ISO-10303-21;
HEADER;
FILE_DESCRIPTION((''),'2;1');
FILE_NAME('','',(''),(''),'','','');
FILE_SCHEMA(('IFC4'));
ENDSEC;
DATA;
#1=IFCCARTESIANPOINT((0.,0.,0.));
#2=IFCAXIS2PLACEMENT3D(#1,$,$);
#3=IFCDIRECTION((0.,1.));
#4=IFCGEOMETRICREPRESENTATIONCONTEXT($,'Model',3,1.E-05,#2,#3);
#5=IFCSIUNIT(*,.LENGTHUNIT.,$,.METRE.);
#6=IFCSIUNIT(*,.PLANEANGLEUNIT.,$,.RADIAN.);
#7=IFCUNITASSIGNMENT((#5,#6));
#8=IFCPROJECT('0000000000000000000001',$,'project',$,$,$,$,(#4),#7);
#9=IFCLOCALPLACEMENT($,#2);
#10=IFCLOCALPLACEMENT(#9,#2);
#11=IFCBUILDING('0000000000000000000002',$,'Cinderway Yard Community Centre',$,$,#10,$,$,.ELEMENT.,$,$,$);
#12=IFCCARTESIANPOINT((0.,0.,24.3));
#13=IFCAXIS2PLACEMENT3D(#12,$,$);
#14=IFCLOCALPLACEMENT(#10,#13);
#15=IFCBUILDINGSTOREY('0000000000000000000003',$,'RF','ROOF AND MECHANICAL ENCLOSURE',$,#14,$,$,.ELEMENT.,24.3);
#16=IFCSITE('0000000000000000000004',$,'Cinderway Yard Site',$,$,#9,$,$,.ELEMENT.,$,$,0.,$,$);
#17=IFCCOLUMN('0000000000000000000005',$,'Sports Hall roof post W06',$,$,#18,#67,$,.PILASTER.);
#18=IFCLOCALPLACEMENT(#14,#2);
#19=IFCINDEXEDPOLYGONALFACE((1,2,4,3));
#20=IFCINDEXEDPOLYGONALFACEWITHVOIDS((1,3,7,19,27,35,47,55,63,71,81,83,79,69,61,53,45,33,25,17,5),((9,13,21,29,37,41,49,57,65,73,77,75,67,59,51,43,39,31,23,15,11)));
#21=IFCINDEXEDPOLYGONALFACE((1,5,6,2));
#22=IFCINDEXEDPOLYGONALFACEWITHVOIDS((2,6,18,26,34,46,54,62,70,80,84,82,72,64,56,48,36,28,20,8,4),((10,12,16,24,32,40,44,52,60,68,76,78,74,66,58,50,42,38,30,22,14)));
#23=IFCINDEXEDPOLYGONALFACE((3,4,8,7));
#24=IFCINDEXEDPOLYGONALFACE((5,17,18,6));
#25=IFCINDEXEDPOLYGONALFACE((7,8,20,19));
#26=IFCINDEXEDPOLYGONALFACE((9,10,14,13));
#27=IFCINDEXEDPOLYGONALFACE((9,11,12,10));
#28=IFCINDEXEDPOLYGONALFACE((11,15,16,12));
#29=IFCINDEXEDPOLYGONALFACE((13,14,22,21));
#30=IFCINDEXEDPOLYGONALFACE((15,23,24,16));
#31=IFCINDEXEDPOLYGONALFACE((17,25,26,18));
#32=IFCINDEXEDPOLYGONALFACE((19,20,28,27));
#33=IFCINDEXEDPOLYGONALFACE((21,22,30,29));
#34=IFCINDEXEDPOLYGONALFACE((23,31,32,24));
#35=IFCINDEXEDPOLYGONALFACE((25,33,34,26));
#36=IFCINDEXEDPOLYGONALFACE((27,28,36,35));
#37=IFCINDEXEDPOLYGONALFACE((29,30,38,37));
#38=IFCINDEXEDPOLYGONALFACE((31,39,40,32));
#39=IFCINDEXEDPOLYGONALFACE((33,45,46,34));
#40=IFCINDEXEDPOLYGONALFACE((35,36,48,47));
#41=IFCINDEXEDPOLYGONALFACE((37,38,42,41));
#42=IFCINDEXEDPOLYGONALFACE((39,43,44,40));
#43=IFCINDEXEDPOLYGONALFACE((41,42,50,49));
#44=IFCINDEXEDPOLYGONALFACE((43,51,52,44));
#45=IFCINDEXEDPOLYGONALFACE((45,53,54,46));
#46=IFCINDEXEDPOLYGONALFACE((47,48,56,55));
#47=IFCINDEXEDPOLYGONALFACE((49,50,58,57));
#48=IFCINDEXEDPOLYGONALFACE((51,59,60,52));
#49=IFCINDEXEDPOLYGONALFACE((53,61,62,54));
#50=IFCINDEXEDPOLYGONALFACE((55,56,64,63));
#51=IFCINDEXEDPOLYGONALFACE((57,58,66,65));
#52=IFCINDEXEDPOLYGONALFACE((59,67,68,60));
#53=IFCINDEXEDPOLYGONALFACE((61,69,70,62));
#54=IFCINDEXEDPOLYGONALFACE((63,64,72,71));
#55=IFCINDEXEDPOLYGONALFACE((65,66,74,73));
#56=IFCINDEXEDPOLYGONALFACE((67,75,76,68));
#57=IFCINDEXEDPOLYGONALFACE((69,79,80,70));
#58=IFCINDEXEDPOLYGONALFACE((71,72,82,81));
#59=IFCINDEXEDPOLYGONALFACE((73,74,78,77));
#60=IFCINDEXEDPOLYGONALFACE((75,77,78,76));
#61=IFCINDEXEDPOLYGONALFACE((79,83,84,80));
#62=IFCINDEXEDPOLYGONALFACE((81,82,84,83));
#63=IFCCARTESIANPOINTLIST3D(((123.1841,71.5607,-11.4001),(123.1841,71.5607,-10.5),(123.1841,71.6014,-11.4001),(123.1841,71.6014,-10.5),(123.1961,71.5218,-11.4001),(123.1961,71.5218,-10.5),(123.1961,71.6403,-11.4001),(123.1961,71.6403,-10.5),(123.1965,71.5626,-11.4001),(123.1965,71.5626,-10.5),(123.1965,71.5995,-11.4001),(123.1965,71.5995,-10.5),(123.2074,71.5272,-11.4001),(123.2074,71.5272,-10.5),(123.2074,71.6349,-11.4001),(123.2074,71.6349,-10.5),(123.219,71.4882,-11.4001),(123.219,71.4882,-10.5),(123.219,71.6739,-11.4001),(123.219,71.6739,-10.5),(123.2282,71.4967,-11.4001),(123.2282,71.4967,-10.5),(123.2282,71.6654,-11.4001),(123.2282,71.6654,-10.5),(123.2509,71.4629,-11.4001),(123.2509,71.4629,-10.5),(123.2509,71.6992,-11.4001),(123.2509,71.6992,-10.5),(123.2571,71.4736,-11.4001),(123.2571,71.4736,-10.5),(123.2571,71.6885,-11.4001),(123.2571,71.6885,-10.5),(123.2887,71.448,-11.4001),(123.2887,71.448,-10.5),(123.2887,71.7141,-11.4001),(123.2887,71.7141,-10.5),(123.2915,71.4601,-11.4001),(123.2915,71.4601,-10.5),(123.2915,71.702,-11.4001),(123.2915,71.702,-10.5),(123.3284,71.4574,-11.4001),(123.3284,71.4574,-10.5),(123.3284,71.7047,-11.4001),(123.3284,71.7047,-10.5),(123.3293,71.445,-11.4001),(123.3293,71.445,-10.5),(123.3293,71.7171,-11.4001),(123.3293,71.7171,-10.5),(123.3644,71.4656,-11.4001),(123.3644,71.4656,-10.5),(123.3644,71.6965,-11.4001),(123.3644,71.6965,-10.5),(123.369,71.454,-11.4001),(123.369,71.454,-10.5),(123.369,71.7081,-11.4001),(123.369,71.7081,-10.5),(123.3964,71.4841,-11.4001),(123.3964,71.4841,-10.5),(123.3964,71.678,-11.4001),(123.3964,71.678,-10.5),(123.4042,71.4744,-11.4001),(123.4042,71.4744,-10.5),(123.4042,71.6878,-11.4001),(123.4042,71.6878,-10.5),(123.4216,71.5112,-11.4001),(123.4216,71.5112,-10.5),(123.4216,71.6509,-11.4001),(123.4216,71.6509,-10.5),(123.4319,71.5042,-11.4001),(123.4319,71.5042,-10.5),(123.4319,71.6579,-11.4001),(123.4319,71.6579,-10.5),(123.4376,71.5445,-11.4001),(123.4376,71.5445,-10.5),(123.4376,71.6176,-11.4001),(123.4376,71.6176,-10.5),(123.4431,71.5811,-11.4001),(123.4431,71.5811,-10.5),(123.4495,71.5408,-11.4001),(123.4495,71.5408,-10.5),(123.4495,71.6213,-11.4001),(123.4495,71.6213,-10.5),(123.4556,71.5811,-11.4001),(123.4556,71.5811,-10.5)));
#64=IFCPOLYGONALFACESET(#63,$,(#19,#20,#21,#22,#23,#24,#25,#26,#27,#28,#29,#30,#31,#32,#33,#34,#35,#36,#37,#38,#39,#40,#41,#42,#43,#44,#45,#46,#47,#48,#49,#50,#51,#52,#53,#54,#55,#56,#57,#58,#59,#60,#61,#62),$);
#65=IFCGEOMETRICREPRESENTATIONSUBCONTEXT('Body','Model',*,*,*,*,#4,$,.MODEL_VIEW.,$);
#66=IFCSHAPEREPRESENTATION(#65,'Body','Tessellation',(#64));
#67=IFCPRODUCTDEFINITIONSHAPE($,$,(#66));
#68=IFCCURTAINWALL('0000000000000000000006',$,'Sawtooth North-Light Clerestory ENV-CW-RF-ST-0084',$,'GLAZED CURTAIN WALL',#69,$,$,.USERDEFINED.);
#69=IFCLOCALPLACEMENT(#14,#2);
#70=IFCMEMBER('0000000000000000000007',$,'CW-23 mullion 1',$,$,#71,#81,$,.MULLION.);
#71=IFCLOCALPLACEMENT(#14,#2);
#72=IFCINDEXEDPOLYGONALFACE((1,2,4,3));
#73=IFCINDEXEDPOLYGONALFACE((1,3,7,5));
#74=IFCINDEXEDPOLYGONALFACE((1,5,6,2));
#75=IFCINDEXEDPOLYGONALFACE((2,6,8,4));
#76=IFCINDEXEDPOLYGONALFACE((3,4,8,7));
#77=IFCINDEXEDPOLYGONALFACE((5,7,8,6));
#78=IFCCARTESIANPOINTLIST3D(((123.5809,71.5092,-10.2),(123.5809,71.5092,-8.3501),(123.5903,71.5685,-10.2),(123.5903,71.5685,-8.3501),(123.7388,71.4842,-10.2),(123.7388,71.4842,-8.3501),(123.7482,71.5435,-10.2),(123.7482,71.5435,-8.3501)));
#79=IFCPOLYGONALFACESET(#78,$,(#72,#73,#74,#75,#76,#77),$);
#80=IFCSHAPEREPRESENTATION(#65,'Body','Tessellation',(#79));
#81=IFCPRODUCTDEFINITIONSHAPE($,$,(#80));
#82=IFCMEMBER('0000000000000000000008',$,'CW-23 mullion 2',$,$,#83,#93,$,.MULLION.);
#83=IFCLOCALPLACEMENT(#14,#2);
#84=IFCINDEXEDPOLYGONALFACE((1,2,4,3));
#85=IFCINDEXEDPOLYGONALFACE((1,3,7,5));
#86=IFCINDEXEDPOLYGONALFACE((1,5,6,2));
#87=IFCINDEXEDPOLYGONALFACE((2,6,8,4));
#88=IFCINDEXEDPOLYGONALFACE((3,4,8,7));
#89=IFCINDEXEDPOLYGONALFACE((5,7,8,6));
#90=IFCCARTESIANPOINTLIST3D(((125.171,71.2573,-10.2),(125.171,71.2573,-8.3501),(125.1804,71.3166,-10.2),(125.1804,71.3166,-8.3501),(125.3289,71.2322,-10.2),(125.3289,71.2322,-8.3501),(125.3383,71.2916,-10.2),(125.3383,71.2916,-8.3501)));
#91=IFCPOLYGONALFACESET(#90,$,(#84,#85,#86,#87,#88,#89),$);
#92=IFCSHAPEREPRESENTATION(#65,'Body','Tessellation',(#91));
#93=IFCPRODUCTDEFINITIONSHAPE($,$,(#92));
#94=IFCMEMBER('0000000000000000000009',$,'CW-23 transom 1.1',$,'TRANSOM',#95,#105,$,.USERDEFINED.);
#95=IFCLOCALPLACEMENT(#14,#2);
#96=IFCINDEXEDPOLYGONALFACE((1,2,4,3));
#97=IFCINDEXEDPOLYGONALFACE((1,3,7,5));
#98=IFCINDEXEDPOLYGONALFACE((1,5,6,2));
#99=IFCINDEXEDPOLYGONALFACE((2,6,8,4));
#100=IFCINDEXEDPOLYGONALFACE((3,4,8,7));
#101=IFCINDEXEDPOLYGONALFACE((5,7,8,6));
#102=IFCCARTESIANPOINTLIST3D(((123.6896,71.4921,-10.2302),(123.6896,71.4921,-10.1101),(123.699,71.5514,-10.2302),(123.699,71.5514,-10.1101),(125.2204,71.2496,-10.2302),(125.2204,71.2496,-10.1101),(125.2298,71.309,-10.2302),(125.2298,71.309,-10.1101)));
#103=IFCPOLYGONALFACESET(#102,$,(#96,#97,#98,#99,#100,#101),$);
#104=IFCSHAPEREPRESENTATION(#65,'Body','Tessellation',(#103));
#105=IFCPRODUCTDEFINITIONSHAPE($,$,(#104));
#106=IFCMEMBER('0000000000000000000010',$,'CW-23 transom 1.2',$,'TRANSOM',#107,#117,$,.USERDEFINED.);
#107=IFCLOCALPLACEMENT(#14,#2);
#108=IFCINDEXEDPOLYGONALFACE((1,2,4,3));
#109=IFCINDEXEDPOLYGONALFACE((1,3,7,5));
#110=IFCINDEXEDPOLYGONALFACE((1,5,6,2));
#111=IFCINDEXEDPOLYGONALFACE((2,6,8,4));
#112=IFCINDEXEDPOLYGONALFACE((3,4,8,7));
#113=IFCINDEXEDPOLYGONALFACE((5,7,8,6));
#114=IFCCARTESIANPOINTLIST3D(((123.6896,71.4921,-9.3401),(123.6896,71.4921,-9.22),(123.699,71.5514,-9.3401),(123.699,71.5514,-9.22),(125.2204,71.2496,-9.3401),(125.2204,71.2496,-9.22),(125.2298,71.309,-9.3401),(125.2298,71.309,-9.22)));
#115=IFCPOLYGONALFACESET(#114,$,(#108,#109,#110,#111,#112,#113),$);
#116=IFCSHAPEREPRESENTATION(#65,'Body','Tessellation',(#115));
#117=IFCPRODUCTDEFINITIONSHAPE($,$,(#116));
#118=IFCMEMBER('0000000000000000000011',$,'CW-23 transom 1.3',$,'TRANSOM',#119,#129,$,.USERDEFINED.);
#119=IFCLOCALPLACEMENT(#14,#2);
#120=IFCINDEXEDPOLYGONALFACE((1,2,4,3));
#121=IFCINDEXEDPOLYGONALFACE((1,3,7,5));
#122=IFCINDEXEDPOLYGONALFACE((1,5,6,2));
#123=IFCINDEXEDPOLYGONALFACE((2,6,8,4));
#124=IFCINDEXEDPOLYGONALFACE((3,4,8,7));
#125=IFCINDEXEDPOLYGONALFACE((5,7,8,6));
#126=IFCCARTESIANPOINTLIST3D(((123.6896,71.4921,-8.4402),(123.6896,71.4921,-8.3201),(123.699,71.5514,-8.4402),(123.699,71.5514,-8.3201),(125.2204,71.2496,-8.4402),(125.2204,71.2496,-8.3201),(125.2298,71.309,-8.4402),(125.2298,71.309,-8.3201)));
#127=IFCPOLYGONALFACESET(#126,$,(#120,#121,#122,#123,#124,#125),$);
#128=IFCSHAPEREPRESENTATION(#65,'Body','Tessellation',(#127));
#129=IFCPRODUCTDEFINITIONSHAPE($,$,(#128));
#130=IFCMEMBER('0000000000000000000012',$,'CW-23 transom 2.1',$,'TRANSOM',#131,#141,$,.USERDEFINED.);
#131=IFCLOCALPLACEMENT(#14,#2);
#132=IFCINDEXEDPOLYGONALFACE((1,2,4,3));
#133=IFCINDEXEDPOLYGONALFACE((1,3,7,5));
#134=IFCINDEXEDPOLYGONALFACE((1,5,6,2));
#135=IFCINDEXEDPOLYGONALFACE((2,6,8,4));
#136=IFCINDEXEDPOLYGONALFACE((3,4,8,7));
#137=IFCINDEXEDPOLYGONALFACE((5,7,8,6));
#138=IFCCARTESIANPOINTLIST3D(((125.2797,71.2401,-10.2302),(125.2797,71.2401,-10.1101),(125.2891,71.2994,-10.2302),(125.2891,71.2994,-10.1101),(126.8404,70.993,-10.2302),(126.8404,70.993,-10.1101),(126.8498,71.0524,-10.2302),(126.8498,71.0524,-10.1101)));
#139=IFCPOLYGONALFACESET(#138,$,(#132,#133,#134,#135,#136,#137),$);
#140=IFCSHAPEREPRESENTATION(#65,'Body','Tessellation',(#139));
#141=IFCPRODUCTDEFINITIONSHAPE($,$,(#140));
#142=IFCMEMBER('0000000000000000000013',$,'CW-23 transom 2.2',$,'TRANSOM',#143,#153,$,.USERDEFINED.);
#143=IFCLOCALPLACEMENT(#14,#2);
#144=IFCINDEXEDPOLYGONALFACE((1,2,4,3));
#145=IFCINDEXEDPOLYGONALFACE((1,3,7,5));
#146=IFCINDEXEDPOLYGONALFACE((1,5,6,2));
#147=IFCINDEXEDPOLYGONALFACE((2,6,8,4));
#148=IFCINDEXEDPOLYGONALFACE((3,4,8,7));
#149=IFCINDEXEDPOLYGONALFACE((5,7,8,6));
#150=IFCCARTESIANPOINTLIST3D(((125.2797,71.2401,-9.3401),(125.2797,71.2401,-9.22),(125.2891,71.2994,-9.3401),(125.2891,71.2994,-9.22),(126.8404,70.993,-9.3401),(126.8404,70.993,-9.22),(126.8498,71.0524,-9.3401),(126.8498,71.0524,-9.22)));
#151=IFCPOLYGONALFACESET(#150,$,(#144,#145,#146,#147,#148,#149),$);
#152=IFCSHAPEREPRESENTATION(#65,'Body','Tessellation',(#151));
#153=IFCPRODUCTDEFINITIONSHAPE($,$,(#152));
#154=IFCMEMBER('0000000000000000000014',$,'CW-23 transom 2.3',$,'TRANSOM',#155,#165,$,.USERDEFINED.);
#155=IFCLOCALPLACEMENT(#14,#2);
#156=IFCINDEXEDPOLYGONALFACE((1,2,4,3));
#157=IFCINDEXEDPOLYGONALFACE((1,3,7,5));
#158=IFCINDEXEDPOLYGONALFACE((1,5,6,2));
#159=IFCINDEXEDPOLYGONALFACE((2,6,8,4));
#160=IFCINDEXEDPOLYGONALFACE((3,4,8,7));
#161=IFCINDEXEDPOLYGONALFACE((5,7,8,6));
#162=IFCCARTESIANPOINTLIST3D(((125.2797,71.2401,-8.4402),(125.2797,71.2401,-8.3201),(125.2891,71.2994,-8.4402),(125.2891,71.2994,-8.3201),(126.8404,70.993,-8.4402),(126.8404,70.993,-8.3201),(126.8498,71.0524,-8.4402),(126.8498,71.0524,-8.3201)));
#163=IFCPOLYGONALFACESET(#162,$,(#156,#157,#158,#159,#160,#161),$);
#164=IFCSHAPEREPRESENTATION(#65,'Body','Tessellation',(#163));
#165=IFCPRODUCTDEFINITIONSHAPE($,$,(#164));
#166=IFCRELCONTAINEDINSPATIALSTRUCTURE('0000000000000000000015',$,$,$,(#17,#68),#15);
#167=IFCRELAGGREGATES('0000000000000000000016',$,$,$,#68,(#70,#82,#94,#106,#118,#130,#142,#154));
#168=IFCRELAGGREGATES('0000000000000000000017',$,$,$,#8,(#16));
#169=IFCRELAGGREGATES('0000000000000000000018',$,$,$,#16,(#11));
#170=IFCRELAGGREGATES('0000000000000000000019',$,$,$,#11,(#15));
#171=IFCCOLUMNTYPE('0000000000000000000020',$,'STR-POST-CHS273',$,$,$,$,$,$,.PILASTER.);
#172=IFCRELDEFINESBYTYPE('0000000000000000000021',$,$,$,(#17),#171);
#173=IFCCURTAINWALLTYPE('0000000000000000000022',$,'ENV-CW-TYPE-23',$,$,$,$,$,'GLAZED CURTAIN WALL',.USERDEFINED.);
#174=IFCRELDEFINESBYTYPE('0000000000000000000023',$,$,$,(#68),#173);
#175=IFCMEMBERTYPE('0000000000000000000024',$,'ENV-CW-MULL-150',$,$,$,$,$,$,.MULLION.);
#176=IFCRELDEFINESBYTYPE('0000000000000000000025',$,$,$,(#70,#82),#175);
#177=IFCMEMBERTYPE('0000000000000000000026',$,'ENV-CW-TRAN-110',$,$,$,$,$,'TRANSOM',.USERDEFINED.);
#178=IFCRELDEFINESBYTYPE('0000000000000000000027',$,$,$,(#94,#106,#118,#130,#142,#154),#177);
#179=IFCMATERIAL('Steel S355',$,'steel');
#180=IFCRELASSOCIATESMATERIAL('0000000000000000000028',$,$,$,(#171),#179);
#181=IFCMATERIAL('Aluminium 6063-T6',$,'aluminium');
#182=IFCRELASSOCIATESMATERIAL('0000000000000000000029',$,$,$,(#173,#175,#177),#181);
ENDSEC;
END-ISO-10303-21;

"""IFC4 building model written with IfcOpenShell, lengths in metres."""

from ifc_helpers import new_model, si_unit, direction, frame, origin, origin_2d, place, context, subcontext, project, spatial, rectangle, hollow_circle, extrude, material, material_profile, profile_set, type_object, element, aggregate, save


model = new_model("IFC4")

# Units and contexts
model_context = context("Model", 3, precision=1e-05, world=origin(), true_north=direction((0.0, 1.0)))
body_context = subcontext(model_context, "Body", "Model", "MODEL_VIEW")
ifc_project = project(units=[si_unit("LENGTHUNIT", "METRE"), si_unit("PLANEANGLEUNIT", "RADIAN")], contexts=[model_context])

# Site, building, storey
site_placement = place(None, origin())
site = spatial("IfcSite", under=ifc_project, at=site_placement, Name="Cinderway Yard Site", CompositionType="ELEMENT", RefElevation=0.0)
building_placement = place(site_placement, origin())
building = spatial("IfcBuilding", under=site, at=building_placement, Name="Cinderway Yard Community Centre", CompositionType="ELEMENT")
storey_placement = place(building_placement, frame((0.0, 0.0, 24.3)))
storey = spatial("IfcBuildingStorey", under=building, at=storey_placement, Name="RF", Description="ROOF AND MECHANICAL ENCLOSURE", CompositionType="ELEMENT", Elevation=24.3)

# Column
ifc_material_1 = material(Name="Steel S355", Category="steel")
ifc_material_profile_1 = material_profile(ifc_material_1, hollow_circle(Radius=0.1365, WallThickness=0.0125, at=origin_2d()), Name="Steel S355")
ifc_profile_set_1 = profile_set([ifc_material_profile_1], Name="Steel S355")
column_type = type_object("IfcColumnType", Name="STR-POST-CHS273", PredefinedType="PILASTER", material=ifc_profile_set_1)
column_placement = place(storey_placement, frame((123.3191, 71.5811, -11.4001), z_axis=(0.0, 0.0, 1.0), x_axis=(1.0, 0.0, 0.0)))
element("IfcColumn", 1, at=column_placement, inside=storey, type_object=column_type, Name="Sports Hall roof post W06", PredefinedType="PILASTER", context=body_context, shape_type="SweptSolid", body=[
    extrude(hollow_circle(Radius=0.1365, WallThickness=0.0125, at=origin_2d()), origin(), (0.0, 0.0, 1.0), 0.9001),
])

# Curtain wall, members
ifc_material_2 = material(Name="Aluminium 6063-T6", Category="aluminium")
curtain_wall_type = type_object("IfcCurtainWallType", Name="ENV-CW-TYPE-23", ElementType="GLAZED CURTAIN WALL", PredefinedType="USERDEFINED", material=ifc_material_2)
curtain_wall_placement = place(storey_placement, origin())
curtain_wall = element("IfcCurtainWall", 2, at=curtain_wall_placement, inside=storey, type_object=curtain_wall_type, Name="Sawtooth North-Light Clerestory ENV-CW-RF-ST-0084", ObjectType="GLAZED CURTAIN WALL", PredefinedType="USERDEFINED")
ifc_material_profile_2 = material_profile(ifc_material_2, rectangle(XDim=0.0601, YDim=0.1599, at=origin_2d()), Name="Aluminium 6063-T6")
ifc_profile_set_2 = profile_set([ifc_material_profile_2], Name="Aluminium 6063-T6")
member_type_1 = type_object("IfcMemberType", Name="ENV-CW-MULL-150", PredefinedType="MULLION", material=ifc_profile_set_2)
member_1_placement = place(storey_placement, frame((123.6646, 71.5264, -10.2), z_axis=(0.0, 0.0, 1.0), x_axis=(0.156409, 0.987692, 0.0)))
member_1 = element("IfcMember", 3, at=member_1_placement, type_object=member_type_1, Name="CW-23 mullion 1", PredefinedType="MULLION", context=body_context, shape_type="SweptSolid", body=[
    extrude(rectangle(XDim=0.0601, YDim=0.1599, at=origin_2d()), origin(), (0.0, 0.0, 1.0), 1.8499),
])
member_2_placement = place(storey_placement, frame((125.2546, 71.2744, -10.2), z_axis=(0.0, 0.0, 1.0), x_axis=(0.156409, 0.987692, 0.0)))
member_2 = element("IfcMember", 4, at=member_2_placement, type_object=member_type_1, Name="CW-23 mullion 2", PredefinedType="MULLION", context=body_context, shape_type="SweptSolid", body=[
    extrude(rectangle(XDim=0.0601, YDim=0.1599, at=origin_2d()), origin(), (0.0, 0.0, 1.0), 1.8499),
])
ifc_material_profile_3 = material_profile(ifc_material_2, rectangle(XDim=0.0601, YDim=0.1201, at=origin_2d()), Name="Aluminium 6063-T6")
ifc_profile_set_3 = profile_set([ifc_material_profile_3], Name="Aluminium 6063-T6")
member_type_2 = type_object("IfcMemberType", Name="ENV-CW-TRAN-110", ElementType="TRANSOM", PredefinedType="USERDEFINED", material=ifc_profile_set_3)
member_3_placement = place(storey_placement, frame((123.6943, 71.5217, -10.1702), z_axis=(0.98769, -0.156424, 0.0), x_axis=(0.156424, 0.98769, 0.0)))
member_3 = element("IfcMember", 5, at=member_3_placement, type_object=member_type_2, Name="CW-23 transom 1.1", ObjectType="TRANSOM", PredefinedType="USERDEFINED", context=body_context, shape_type="SweptSolid", body=[
    extrude(rectangle(XDim=0.0601, YDim=0.1201, at=origin_2d()), origin(), (0.0, 0.0, 1.0), 1.5498),
])
member_4_placement = place(storey_placement, frame((123.6943, 71.5217, -9.28), z_axis=(0.98769, -0.156424, 0.0), x_axis=(0.156424, 0.98769, 0.0)))
member_4 = element("IfcMember", 6, at=member_4_placement, type_object=member_type_2, Name="CW-23 transom 1.2", ObjectType="TRANSOM", PredefinedType="USERDEFINED", context=body_context, shape_type="SweptSolid", body=[
    extrude(rectangle(XDim=0.0601, YDim=0.1201, at=origin_2d()), origin(), (0.0, 0.0, 1.0), 1.5498),
])
member_5_placement = place(storey_placement, frame((123.6943, 71.5217, -8.3801), z_axis=(0.98769, -0.156424, 0.0), x_axis=(0.156424, 0.98769, 0.0)))
member_5 = element("IfcMember", 7, at=member_5_placement, type_object=member_type_2, Name="CW-23 transom 1.3", ObjectType="TRANSOM", PredefinedType="USERDEFINED", context=body_context, shape_type="SweptSolid", body=[
    extrude(rectangle(XDim=0.0601, YDim=0.1201, at=origin_2d()), origin(), (0.0, 0.0, 1.0), 1.5498),
])
member_6_placement = place(storey_placement, frame((125.2844, 71.2698, -10.1702), z_axis=(0.987698, -0.156375, 0.0), x_axis=(0.156375, 0.987698, 0.0)))
member_6 = element("IfcMember", 8, at=member_6_placement, type_object=member_type_2, Name="CW-23 transom 2.1", ObjectType="TRANSOM", PredefinedType="USERDEFINED", context=body_context, shape_type="SweptSolid", body=[
    extrude(rectangle(XDim=0.0601, YDim=0.1201, at=origin_2d()), origin(), (0.0, 0.0, 1.0), 1.5801),
])
member_7_placement = place(storey_placement, frame((125.2844, 71.2698, -9.28), z_axis=(0.987698, -0.156375, 0.0), x_axis=(0.156375, 0.987698, 0.0)))
member_7 = element("IfcMember", 9, at=member_7_placement, type_object=member_type_2, Name="CW-23 transom 2.2", ObjectType="TRANSOM", PredefinedType="USERDEFINED", context=body_context, shape_type="SweptSolid", body=[
    extrude(rectangle(XDim=0.0601, YDim=0.1201, at=origin_2d()), origin(), (0.0, 0.0, 1.0), 1.5801),
])
member_8_placement = place(storey_placement, frame((125.2844, 71.2698, -8.3801), z_axis=(0.987698, -0.156375, 0.0), x_axis=(0.156375, 0.987698, 0.0)))
member_8 = element("IfcMember", 10, at=member_8_placement, type_object=member_type_2, Name="CW-23 transom 2.3", ObjectType="TRANSOM", PredefinedType="USERDEFINED", context=body_context, shape_type="SweptSolid", body=[
    extrude(rectangle(XDim=0.0601, YDim=0.1201, at=origin_2d()), origin(), (0.0, 0.0, 1.0), 1.5801),
])

aggregate(curtain_wall, [member_1, member_2, member_3, member_4, member_5, member_6, member_7, member_8])

save(model, "model.ifc")
